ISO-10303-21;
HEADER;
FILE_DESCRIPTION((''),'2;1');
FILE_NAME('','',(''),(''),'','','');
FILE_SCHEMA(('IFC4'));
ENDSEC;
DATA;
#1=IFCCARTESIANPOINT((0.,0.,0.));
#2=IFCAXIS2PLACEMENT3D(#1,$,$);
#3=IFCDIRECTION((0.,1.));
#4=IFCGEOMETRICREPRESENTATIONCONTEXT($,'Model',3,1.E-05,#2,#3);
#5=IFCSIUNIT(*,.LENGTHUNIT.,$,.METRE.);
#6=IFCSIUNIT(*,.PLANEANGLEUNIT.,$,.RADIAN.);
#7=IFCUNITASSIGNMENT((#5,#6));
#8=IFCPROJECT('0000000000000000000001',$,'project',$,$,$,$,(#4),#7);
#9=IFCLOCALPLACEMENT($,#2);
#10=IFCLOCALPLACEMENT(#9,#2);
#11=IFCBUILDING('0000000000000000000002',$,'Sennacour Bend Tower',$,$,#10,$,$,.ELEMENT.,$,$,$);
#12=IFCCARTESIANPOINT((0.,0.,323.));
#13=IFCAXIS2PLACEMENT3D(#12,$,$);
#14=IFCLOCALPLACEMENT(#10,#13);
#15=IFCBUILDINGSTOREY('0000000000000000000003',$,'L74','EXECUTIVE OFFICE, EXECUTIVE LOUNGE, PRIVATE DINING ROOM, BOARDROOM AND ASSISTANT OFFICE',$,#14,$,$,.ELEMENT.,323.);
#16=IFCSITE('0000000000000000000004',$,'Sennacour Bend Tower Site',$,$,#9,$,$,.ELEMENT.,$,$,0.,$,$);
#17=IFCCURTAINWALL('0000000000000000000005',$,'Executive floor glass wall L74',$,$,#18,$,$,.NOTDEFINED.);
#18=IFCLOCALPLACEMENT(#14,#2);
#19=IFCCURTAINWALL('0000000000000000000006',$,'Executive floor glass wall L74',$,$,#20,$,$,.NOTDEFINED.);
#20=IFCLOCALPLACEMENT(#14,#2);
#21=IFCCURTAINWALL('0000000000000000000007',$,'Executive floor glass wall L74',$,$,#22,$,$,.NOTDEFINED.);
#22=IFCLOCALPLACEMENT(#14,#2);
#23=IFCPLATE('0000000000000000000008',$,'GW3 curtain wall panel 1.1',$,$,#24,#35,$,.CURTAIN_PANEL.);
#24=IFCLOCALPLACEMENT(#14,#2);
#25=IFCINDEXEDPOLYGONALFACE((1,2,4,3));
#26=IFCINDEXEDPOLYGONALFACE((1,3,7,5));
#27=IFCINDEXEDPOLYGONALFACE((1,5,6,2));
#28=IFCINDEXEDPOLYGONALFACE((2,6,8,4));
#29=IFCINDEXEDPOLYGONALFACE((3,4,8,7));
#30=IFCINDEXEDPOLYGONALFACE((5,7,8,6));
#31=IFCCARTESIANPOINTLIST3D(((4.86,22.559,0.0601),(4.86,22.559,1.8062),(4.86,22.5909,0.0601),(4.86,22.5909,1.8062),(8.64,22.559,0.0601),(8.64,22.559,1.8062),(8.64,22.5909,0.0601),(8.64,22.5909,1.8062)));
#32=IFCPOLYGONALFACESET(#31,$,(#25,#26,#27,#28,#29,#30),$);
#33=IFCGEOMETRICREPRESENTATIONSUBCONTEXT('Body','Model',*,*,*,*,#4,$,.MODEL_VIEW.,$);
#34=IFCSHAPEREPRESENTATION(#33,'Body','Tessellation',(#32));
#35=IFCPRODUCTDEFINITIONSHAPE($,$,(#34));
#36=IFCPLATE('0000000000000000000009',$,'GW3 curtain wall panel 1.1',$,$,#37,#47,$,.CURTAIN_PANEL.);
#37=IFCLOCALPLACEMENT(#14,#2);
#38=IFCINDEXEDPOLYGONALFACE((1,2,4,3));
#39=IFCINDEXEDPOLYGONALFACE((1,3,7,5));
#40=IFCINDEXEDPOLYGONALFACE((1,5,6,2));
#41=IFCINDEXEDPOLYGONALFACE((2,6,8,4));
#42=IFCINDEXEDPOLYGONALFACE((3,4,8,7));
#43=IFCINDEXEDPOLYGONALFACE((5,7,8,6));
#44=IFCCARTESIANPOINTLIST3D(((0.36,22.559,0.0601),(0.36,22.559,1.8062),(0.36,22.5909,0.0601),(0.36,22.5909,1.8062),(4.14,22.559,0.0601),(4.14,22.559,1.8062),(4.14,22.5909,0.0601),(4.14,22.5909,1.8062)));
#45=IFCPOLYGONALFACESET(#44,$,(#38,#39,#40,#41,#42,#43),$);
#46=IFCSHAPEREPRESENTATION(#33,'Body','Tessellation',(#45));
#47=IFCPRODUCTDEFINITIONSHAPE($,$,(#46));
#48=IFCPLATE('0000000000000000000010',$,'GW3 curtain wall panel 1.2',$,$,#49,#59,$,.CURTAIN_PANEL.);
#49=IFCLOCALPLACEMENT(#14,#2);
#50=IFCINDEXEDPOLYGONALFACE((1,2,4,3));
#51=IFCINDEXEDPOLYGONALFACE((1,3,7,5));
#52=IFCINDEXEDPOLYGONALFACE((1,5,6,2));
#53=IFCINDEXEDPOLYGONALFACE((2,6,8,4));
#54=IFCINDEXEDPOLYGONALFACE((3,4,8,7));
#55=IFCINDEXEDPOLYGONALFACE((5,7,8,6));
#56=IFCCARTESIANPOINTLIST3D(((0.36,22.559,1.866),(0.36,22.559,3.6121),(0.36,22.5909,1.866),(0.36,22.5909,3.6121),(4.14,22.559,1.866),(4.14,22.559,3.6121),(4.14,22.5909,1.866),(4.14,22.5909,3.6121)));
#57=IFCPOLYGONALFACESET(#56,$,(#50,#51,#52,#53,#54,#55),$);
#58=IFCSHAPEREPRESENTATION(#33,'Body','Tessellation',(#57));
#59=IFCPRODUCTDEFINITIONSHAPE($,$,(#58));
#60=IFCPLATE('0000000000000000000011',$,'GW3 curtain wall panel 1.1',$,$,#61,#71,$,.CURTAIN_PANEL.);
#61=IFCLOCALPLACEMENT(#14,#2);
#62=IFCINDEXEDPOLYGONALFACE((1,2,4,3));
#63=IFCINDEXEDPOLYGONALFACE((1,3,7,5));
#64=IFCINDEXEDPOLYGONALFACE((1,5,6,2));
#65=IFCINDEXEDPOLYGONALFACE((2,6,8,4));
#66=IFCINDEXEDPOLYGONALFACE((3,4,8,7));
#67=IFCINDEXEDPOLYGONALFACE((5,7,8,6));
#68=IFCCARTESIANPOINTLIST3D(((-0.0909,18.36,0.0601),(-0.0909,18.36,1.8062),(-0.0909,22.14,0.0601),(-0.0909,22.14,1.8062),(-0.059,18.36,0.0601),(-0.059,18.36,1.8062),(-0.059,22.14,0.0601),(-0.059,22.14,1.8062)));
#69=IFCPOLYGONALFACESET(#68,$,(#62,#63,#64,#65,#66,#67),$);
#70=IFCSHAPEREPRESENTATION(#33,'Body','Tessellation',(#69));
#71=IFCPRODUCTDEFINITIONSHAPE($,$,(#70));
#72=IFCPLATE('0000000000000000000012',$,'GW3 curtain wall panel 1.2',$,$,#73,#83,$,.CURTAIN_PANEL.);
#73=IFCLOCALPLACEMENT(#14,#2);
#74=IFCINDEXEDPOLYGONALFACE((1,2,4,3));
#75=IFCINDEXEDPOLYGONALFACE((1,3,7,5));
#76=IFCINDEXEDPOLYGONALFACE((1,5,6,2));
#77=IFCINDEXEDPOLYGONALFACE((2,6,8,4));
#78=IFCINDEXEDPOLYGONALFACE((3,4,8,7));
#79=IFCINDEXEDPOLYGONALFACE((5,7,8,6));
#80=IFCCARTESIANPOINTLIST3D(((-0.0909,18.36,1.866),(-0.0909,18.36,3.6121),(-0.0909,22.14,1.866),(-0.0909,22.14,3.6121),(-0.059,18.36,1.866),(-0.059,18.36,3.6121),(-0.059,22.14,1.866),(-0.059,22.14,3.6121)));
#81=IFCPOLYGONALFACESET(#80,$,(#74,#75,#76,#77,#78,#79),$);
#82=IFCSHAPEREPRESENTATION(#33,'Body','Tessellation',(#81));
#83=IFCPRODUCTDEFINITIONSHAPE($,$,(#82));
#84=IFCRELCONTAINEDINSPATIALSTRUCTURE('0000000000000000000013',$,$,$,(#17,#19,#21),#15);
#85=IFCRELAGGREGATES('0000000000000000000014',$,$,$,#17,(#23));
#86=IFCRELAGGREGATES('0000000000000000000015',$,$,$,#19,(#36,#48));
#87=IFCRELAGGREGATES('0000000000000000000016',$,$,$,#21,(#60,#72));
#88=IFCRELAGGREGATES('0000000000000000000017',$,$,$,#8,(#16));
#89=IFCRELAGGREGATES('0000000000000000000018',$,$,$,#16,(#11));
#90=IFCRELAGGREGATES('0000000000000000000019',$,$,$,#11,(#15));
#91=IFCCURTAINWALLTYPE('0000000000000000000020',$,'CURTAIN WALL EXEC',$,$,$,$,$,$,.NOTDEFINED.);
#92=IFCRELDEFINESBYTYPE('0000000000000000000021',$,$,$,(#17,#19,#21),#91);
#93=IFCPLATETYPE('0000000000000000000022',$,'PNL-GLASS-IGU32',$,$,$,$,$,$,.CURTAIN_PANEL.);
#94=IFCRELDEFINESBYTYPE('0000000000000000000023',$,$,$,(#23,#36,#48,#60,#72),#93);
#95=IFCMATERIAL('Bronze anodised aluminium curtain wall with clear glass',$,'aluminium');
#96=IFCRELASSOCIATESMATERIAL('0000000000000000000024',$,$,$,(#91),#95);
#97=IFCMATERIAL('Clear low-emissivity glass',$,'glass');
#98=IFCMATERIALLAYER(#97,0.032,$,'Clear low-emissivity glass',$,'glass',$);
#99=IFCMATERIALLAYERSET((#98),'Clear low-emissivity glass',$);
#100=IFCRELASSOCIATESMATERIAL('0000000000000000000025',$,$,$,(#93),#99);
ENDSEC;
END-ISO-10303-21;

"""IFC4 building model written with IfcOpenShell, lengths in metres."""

from ifc_helpers import new_model, si_unit, direction, frame, origin, origin_2d, place, context, subcontext, project, spatial, rectangle, extrude, material, layer, layer_set, type_object, element, aggregate, save


model = new_model("IFC4")

# Units and contexts
model_context = context("Model", 3, precision=1e-05, world=origin(), true_north=direction((0.0, 1.0)))
body_context = subcontext(model_context, "Body", "Model", "MODEL_VIEW")
ifc_project = project(units=[si_unit("LENGTHUNIT", "METRE"), si_unit("PLANEANGLEUNIT", "RADIAN")], contexts=[model_context])

# Site, building, storey
site_placement = place(None, origin())
site = spatial("IfcSite", under=ifc_project, at=site_placement, Name="Sennacour Bend Tower Site", CompositionType="ELEMENT", RefElevation=0.0)
building_placement = place(site_placement, origin())
building = spatial("IfcBuilding", under=site, at=building_placement, Name="Sennacour Bend Tower", CompositionType="ELEMENT")
storey_placement = place(building_placement, frame((0.0, 0.0, 323.0)))
storey = spatial("IfcBuildingStorey", under=building, at=storey_placement, Name="L74", Description="EXECUTIVE OFFICE, EXECUTIVE LOUNGE, PRIVATE DINING ROOM, BOARDROOM AND ASSISTANT OFFICE", CompositionType="ELEMENT", Elevation=323.0)

# Curtain wall
ifc_material_1 = material(Name="Bronze anodised aluminium curtain wall with clear glass", Category="aluminium")
curtain_wall_type = type_object("IfcCurtainWallType", Name="CURTAIN WALL EXEC", PredefinedType="NOTDEFINED", material=ifc_material_1)
curtain_wall_1_placement = place(storey_placement, origin())
curtain_wall_1 = element("IfcCurtainWall", 1, at=curtain_wall_1_placement, inside=storey, type_object=curtain_wall_type, Name="Executive floor glass wall L74", PredefinedType="NOTDEFINED")

# Curtain walls
curtain_wall_2_placement = place(storey_placement, origin())
curtain_wall_2 = element("IfcCurtainWall", 2, at=curtain_wall_2_placement, inside=storey, type_object=curtain_wall_type, Name="Executive floor glass wall L74", PredefinedType="NOTDEFINED")
curtain_wall_3_placement = place(storey_placement, origin())
curtain_wall_3 = element("IfcCurtainWall", 3, at=curtain_wall_3_placement, inside=storey, type_object=curtain_wall_type, Name="Executive floor glass wall L74", PredefinedType="NOTDEFINED")

# Plates
ifc_material_2 = material(Name="Clear low-emissivity glass", Category="glass")
ifc_layer = layer(ifc_material_2, 0.032, Name="Clear low-emissivity glass", Category="glass")
ifc_layer_set = layer_set([ifc_layer], Name="Clear low-emissivity glass")
plate_type = type_object("IfcPlateType", Name="PNL-GLASS-IGU32", PredefinedType="CURTAIN_PANEL", material=ifc_layer_set)
plate_1_placement = place(storey_placement, frame((6.75, 22.575, 0.0601), z_axis=(0.0, 0.0, 1.0), x_axis=(-1.0, 0.0, 0.0)))
plate_1 = element("IfcPlate", 4, at=plate_1_placement, type_object=plate_type, Name="GW3 curtain wall panel 1.1", PredefinedType="CURTAIN_PANEL", context=body_context, shape_type="SweptSolid", body=[
    extrude(rectangle(XDim=3.78, YDim=0.032, at=origin_2d()), origin(), (0.0, 0.0, 1.0), 1.7461),
])
aggregate(curtain_wall_1, [plate_1])
plate_2_placement = place(storey_placement, frame((2.25, 22.575, 0.0601), z_axis=(0.0, 0.0, 1.0), x_axis=(-1.0, 0.0, 0.0)))
plate_2 = element("IfcPlate", 5, at=plate_2_placement, type_object=plate_type, Name="GW3 curtain wall panel 1.1", PredefinedType="CURTAIN_PANEL", context=body_context, shape_type="SweptSolid", body=[
    extrude(rectangle(XDim=3.78, YDim=0.032, at=origin_2d()), origin(), (0.0, 0.0, 1.0), 1.7461),
])
plate_3_placement = place(storey_placement, frame((2.25, 22.575, 1.866), z_axis=(0.0, 0.0, 1.0), x_axis=(-1.0, 0.0, 0.0)))
plate_3 = element("IfcPlate", 6, at=plate_3_placement, type_object=plate_type, Name="GW3 curtain wall panel 1.2", PredefinedType="CURTAIN_PANEL", context=body_context, shape_type="SweptSolid", body=[
    extrude(rectangle(XDim=3.78, YDim=0.032, at=origin_2d()), origin(), (0.0, 0.0, 1.0), 1.7461),
])
aggregate(curtain_wall_2, [plate_2, plate_3])
plate_4_placement = place(storey_placement, frame((-0.075, 20.25, 0.0601), z_axis=(0.0, 0.0, 1.0), x_axis=(0.0, -1.0, 0.0)))
plate_4 = element("IfcPlate", 7, at=plate_4_placement, type_object=plate_type, Name="GW3 curtain wall panel 1.1", PredefinedType="CURTAIN_PANEL", context=body_context, shape_type="SweptSolid", body=[
    extrude(rectangle(XDim=3.78, YDim=0.032, at=origin_2d()), origin(), (0.0, 0.0, 1.0), 1.7461),
])
plate_5_placement = place(storey_placement, frame((-0.075, 20.25, 1.866), z_axis=(0.0, 0.0, 1.0), x_axis=(0.0, -1.0, 0.0)))
plate_5 = element("IfcPlate", 8, at=plate_5_placement, type_object=plate_type, Name="GW3 curtain wall panel 1.2", PredefinedType="CURTAIN_PANEL", context=body_context, shape_type="SweptSolid", body=[
    extrude(rectangle(XDim=3.78, YDim=0.032, at=origin_2d()), origin(), (0.0, 0.0, 1.0), 1.7461),
])
aggregate(curtain_wall_3, [plate_4, plate_5])

save(model, "model.ifc")
